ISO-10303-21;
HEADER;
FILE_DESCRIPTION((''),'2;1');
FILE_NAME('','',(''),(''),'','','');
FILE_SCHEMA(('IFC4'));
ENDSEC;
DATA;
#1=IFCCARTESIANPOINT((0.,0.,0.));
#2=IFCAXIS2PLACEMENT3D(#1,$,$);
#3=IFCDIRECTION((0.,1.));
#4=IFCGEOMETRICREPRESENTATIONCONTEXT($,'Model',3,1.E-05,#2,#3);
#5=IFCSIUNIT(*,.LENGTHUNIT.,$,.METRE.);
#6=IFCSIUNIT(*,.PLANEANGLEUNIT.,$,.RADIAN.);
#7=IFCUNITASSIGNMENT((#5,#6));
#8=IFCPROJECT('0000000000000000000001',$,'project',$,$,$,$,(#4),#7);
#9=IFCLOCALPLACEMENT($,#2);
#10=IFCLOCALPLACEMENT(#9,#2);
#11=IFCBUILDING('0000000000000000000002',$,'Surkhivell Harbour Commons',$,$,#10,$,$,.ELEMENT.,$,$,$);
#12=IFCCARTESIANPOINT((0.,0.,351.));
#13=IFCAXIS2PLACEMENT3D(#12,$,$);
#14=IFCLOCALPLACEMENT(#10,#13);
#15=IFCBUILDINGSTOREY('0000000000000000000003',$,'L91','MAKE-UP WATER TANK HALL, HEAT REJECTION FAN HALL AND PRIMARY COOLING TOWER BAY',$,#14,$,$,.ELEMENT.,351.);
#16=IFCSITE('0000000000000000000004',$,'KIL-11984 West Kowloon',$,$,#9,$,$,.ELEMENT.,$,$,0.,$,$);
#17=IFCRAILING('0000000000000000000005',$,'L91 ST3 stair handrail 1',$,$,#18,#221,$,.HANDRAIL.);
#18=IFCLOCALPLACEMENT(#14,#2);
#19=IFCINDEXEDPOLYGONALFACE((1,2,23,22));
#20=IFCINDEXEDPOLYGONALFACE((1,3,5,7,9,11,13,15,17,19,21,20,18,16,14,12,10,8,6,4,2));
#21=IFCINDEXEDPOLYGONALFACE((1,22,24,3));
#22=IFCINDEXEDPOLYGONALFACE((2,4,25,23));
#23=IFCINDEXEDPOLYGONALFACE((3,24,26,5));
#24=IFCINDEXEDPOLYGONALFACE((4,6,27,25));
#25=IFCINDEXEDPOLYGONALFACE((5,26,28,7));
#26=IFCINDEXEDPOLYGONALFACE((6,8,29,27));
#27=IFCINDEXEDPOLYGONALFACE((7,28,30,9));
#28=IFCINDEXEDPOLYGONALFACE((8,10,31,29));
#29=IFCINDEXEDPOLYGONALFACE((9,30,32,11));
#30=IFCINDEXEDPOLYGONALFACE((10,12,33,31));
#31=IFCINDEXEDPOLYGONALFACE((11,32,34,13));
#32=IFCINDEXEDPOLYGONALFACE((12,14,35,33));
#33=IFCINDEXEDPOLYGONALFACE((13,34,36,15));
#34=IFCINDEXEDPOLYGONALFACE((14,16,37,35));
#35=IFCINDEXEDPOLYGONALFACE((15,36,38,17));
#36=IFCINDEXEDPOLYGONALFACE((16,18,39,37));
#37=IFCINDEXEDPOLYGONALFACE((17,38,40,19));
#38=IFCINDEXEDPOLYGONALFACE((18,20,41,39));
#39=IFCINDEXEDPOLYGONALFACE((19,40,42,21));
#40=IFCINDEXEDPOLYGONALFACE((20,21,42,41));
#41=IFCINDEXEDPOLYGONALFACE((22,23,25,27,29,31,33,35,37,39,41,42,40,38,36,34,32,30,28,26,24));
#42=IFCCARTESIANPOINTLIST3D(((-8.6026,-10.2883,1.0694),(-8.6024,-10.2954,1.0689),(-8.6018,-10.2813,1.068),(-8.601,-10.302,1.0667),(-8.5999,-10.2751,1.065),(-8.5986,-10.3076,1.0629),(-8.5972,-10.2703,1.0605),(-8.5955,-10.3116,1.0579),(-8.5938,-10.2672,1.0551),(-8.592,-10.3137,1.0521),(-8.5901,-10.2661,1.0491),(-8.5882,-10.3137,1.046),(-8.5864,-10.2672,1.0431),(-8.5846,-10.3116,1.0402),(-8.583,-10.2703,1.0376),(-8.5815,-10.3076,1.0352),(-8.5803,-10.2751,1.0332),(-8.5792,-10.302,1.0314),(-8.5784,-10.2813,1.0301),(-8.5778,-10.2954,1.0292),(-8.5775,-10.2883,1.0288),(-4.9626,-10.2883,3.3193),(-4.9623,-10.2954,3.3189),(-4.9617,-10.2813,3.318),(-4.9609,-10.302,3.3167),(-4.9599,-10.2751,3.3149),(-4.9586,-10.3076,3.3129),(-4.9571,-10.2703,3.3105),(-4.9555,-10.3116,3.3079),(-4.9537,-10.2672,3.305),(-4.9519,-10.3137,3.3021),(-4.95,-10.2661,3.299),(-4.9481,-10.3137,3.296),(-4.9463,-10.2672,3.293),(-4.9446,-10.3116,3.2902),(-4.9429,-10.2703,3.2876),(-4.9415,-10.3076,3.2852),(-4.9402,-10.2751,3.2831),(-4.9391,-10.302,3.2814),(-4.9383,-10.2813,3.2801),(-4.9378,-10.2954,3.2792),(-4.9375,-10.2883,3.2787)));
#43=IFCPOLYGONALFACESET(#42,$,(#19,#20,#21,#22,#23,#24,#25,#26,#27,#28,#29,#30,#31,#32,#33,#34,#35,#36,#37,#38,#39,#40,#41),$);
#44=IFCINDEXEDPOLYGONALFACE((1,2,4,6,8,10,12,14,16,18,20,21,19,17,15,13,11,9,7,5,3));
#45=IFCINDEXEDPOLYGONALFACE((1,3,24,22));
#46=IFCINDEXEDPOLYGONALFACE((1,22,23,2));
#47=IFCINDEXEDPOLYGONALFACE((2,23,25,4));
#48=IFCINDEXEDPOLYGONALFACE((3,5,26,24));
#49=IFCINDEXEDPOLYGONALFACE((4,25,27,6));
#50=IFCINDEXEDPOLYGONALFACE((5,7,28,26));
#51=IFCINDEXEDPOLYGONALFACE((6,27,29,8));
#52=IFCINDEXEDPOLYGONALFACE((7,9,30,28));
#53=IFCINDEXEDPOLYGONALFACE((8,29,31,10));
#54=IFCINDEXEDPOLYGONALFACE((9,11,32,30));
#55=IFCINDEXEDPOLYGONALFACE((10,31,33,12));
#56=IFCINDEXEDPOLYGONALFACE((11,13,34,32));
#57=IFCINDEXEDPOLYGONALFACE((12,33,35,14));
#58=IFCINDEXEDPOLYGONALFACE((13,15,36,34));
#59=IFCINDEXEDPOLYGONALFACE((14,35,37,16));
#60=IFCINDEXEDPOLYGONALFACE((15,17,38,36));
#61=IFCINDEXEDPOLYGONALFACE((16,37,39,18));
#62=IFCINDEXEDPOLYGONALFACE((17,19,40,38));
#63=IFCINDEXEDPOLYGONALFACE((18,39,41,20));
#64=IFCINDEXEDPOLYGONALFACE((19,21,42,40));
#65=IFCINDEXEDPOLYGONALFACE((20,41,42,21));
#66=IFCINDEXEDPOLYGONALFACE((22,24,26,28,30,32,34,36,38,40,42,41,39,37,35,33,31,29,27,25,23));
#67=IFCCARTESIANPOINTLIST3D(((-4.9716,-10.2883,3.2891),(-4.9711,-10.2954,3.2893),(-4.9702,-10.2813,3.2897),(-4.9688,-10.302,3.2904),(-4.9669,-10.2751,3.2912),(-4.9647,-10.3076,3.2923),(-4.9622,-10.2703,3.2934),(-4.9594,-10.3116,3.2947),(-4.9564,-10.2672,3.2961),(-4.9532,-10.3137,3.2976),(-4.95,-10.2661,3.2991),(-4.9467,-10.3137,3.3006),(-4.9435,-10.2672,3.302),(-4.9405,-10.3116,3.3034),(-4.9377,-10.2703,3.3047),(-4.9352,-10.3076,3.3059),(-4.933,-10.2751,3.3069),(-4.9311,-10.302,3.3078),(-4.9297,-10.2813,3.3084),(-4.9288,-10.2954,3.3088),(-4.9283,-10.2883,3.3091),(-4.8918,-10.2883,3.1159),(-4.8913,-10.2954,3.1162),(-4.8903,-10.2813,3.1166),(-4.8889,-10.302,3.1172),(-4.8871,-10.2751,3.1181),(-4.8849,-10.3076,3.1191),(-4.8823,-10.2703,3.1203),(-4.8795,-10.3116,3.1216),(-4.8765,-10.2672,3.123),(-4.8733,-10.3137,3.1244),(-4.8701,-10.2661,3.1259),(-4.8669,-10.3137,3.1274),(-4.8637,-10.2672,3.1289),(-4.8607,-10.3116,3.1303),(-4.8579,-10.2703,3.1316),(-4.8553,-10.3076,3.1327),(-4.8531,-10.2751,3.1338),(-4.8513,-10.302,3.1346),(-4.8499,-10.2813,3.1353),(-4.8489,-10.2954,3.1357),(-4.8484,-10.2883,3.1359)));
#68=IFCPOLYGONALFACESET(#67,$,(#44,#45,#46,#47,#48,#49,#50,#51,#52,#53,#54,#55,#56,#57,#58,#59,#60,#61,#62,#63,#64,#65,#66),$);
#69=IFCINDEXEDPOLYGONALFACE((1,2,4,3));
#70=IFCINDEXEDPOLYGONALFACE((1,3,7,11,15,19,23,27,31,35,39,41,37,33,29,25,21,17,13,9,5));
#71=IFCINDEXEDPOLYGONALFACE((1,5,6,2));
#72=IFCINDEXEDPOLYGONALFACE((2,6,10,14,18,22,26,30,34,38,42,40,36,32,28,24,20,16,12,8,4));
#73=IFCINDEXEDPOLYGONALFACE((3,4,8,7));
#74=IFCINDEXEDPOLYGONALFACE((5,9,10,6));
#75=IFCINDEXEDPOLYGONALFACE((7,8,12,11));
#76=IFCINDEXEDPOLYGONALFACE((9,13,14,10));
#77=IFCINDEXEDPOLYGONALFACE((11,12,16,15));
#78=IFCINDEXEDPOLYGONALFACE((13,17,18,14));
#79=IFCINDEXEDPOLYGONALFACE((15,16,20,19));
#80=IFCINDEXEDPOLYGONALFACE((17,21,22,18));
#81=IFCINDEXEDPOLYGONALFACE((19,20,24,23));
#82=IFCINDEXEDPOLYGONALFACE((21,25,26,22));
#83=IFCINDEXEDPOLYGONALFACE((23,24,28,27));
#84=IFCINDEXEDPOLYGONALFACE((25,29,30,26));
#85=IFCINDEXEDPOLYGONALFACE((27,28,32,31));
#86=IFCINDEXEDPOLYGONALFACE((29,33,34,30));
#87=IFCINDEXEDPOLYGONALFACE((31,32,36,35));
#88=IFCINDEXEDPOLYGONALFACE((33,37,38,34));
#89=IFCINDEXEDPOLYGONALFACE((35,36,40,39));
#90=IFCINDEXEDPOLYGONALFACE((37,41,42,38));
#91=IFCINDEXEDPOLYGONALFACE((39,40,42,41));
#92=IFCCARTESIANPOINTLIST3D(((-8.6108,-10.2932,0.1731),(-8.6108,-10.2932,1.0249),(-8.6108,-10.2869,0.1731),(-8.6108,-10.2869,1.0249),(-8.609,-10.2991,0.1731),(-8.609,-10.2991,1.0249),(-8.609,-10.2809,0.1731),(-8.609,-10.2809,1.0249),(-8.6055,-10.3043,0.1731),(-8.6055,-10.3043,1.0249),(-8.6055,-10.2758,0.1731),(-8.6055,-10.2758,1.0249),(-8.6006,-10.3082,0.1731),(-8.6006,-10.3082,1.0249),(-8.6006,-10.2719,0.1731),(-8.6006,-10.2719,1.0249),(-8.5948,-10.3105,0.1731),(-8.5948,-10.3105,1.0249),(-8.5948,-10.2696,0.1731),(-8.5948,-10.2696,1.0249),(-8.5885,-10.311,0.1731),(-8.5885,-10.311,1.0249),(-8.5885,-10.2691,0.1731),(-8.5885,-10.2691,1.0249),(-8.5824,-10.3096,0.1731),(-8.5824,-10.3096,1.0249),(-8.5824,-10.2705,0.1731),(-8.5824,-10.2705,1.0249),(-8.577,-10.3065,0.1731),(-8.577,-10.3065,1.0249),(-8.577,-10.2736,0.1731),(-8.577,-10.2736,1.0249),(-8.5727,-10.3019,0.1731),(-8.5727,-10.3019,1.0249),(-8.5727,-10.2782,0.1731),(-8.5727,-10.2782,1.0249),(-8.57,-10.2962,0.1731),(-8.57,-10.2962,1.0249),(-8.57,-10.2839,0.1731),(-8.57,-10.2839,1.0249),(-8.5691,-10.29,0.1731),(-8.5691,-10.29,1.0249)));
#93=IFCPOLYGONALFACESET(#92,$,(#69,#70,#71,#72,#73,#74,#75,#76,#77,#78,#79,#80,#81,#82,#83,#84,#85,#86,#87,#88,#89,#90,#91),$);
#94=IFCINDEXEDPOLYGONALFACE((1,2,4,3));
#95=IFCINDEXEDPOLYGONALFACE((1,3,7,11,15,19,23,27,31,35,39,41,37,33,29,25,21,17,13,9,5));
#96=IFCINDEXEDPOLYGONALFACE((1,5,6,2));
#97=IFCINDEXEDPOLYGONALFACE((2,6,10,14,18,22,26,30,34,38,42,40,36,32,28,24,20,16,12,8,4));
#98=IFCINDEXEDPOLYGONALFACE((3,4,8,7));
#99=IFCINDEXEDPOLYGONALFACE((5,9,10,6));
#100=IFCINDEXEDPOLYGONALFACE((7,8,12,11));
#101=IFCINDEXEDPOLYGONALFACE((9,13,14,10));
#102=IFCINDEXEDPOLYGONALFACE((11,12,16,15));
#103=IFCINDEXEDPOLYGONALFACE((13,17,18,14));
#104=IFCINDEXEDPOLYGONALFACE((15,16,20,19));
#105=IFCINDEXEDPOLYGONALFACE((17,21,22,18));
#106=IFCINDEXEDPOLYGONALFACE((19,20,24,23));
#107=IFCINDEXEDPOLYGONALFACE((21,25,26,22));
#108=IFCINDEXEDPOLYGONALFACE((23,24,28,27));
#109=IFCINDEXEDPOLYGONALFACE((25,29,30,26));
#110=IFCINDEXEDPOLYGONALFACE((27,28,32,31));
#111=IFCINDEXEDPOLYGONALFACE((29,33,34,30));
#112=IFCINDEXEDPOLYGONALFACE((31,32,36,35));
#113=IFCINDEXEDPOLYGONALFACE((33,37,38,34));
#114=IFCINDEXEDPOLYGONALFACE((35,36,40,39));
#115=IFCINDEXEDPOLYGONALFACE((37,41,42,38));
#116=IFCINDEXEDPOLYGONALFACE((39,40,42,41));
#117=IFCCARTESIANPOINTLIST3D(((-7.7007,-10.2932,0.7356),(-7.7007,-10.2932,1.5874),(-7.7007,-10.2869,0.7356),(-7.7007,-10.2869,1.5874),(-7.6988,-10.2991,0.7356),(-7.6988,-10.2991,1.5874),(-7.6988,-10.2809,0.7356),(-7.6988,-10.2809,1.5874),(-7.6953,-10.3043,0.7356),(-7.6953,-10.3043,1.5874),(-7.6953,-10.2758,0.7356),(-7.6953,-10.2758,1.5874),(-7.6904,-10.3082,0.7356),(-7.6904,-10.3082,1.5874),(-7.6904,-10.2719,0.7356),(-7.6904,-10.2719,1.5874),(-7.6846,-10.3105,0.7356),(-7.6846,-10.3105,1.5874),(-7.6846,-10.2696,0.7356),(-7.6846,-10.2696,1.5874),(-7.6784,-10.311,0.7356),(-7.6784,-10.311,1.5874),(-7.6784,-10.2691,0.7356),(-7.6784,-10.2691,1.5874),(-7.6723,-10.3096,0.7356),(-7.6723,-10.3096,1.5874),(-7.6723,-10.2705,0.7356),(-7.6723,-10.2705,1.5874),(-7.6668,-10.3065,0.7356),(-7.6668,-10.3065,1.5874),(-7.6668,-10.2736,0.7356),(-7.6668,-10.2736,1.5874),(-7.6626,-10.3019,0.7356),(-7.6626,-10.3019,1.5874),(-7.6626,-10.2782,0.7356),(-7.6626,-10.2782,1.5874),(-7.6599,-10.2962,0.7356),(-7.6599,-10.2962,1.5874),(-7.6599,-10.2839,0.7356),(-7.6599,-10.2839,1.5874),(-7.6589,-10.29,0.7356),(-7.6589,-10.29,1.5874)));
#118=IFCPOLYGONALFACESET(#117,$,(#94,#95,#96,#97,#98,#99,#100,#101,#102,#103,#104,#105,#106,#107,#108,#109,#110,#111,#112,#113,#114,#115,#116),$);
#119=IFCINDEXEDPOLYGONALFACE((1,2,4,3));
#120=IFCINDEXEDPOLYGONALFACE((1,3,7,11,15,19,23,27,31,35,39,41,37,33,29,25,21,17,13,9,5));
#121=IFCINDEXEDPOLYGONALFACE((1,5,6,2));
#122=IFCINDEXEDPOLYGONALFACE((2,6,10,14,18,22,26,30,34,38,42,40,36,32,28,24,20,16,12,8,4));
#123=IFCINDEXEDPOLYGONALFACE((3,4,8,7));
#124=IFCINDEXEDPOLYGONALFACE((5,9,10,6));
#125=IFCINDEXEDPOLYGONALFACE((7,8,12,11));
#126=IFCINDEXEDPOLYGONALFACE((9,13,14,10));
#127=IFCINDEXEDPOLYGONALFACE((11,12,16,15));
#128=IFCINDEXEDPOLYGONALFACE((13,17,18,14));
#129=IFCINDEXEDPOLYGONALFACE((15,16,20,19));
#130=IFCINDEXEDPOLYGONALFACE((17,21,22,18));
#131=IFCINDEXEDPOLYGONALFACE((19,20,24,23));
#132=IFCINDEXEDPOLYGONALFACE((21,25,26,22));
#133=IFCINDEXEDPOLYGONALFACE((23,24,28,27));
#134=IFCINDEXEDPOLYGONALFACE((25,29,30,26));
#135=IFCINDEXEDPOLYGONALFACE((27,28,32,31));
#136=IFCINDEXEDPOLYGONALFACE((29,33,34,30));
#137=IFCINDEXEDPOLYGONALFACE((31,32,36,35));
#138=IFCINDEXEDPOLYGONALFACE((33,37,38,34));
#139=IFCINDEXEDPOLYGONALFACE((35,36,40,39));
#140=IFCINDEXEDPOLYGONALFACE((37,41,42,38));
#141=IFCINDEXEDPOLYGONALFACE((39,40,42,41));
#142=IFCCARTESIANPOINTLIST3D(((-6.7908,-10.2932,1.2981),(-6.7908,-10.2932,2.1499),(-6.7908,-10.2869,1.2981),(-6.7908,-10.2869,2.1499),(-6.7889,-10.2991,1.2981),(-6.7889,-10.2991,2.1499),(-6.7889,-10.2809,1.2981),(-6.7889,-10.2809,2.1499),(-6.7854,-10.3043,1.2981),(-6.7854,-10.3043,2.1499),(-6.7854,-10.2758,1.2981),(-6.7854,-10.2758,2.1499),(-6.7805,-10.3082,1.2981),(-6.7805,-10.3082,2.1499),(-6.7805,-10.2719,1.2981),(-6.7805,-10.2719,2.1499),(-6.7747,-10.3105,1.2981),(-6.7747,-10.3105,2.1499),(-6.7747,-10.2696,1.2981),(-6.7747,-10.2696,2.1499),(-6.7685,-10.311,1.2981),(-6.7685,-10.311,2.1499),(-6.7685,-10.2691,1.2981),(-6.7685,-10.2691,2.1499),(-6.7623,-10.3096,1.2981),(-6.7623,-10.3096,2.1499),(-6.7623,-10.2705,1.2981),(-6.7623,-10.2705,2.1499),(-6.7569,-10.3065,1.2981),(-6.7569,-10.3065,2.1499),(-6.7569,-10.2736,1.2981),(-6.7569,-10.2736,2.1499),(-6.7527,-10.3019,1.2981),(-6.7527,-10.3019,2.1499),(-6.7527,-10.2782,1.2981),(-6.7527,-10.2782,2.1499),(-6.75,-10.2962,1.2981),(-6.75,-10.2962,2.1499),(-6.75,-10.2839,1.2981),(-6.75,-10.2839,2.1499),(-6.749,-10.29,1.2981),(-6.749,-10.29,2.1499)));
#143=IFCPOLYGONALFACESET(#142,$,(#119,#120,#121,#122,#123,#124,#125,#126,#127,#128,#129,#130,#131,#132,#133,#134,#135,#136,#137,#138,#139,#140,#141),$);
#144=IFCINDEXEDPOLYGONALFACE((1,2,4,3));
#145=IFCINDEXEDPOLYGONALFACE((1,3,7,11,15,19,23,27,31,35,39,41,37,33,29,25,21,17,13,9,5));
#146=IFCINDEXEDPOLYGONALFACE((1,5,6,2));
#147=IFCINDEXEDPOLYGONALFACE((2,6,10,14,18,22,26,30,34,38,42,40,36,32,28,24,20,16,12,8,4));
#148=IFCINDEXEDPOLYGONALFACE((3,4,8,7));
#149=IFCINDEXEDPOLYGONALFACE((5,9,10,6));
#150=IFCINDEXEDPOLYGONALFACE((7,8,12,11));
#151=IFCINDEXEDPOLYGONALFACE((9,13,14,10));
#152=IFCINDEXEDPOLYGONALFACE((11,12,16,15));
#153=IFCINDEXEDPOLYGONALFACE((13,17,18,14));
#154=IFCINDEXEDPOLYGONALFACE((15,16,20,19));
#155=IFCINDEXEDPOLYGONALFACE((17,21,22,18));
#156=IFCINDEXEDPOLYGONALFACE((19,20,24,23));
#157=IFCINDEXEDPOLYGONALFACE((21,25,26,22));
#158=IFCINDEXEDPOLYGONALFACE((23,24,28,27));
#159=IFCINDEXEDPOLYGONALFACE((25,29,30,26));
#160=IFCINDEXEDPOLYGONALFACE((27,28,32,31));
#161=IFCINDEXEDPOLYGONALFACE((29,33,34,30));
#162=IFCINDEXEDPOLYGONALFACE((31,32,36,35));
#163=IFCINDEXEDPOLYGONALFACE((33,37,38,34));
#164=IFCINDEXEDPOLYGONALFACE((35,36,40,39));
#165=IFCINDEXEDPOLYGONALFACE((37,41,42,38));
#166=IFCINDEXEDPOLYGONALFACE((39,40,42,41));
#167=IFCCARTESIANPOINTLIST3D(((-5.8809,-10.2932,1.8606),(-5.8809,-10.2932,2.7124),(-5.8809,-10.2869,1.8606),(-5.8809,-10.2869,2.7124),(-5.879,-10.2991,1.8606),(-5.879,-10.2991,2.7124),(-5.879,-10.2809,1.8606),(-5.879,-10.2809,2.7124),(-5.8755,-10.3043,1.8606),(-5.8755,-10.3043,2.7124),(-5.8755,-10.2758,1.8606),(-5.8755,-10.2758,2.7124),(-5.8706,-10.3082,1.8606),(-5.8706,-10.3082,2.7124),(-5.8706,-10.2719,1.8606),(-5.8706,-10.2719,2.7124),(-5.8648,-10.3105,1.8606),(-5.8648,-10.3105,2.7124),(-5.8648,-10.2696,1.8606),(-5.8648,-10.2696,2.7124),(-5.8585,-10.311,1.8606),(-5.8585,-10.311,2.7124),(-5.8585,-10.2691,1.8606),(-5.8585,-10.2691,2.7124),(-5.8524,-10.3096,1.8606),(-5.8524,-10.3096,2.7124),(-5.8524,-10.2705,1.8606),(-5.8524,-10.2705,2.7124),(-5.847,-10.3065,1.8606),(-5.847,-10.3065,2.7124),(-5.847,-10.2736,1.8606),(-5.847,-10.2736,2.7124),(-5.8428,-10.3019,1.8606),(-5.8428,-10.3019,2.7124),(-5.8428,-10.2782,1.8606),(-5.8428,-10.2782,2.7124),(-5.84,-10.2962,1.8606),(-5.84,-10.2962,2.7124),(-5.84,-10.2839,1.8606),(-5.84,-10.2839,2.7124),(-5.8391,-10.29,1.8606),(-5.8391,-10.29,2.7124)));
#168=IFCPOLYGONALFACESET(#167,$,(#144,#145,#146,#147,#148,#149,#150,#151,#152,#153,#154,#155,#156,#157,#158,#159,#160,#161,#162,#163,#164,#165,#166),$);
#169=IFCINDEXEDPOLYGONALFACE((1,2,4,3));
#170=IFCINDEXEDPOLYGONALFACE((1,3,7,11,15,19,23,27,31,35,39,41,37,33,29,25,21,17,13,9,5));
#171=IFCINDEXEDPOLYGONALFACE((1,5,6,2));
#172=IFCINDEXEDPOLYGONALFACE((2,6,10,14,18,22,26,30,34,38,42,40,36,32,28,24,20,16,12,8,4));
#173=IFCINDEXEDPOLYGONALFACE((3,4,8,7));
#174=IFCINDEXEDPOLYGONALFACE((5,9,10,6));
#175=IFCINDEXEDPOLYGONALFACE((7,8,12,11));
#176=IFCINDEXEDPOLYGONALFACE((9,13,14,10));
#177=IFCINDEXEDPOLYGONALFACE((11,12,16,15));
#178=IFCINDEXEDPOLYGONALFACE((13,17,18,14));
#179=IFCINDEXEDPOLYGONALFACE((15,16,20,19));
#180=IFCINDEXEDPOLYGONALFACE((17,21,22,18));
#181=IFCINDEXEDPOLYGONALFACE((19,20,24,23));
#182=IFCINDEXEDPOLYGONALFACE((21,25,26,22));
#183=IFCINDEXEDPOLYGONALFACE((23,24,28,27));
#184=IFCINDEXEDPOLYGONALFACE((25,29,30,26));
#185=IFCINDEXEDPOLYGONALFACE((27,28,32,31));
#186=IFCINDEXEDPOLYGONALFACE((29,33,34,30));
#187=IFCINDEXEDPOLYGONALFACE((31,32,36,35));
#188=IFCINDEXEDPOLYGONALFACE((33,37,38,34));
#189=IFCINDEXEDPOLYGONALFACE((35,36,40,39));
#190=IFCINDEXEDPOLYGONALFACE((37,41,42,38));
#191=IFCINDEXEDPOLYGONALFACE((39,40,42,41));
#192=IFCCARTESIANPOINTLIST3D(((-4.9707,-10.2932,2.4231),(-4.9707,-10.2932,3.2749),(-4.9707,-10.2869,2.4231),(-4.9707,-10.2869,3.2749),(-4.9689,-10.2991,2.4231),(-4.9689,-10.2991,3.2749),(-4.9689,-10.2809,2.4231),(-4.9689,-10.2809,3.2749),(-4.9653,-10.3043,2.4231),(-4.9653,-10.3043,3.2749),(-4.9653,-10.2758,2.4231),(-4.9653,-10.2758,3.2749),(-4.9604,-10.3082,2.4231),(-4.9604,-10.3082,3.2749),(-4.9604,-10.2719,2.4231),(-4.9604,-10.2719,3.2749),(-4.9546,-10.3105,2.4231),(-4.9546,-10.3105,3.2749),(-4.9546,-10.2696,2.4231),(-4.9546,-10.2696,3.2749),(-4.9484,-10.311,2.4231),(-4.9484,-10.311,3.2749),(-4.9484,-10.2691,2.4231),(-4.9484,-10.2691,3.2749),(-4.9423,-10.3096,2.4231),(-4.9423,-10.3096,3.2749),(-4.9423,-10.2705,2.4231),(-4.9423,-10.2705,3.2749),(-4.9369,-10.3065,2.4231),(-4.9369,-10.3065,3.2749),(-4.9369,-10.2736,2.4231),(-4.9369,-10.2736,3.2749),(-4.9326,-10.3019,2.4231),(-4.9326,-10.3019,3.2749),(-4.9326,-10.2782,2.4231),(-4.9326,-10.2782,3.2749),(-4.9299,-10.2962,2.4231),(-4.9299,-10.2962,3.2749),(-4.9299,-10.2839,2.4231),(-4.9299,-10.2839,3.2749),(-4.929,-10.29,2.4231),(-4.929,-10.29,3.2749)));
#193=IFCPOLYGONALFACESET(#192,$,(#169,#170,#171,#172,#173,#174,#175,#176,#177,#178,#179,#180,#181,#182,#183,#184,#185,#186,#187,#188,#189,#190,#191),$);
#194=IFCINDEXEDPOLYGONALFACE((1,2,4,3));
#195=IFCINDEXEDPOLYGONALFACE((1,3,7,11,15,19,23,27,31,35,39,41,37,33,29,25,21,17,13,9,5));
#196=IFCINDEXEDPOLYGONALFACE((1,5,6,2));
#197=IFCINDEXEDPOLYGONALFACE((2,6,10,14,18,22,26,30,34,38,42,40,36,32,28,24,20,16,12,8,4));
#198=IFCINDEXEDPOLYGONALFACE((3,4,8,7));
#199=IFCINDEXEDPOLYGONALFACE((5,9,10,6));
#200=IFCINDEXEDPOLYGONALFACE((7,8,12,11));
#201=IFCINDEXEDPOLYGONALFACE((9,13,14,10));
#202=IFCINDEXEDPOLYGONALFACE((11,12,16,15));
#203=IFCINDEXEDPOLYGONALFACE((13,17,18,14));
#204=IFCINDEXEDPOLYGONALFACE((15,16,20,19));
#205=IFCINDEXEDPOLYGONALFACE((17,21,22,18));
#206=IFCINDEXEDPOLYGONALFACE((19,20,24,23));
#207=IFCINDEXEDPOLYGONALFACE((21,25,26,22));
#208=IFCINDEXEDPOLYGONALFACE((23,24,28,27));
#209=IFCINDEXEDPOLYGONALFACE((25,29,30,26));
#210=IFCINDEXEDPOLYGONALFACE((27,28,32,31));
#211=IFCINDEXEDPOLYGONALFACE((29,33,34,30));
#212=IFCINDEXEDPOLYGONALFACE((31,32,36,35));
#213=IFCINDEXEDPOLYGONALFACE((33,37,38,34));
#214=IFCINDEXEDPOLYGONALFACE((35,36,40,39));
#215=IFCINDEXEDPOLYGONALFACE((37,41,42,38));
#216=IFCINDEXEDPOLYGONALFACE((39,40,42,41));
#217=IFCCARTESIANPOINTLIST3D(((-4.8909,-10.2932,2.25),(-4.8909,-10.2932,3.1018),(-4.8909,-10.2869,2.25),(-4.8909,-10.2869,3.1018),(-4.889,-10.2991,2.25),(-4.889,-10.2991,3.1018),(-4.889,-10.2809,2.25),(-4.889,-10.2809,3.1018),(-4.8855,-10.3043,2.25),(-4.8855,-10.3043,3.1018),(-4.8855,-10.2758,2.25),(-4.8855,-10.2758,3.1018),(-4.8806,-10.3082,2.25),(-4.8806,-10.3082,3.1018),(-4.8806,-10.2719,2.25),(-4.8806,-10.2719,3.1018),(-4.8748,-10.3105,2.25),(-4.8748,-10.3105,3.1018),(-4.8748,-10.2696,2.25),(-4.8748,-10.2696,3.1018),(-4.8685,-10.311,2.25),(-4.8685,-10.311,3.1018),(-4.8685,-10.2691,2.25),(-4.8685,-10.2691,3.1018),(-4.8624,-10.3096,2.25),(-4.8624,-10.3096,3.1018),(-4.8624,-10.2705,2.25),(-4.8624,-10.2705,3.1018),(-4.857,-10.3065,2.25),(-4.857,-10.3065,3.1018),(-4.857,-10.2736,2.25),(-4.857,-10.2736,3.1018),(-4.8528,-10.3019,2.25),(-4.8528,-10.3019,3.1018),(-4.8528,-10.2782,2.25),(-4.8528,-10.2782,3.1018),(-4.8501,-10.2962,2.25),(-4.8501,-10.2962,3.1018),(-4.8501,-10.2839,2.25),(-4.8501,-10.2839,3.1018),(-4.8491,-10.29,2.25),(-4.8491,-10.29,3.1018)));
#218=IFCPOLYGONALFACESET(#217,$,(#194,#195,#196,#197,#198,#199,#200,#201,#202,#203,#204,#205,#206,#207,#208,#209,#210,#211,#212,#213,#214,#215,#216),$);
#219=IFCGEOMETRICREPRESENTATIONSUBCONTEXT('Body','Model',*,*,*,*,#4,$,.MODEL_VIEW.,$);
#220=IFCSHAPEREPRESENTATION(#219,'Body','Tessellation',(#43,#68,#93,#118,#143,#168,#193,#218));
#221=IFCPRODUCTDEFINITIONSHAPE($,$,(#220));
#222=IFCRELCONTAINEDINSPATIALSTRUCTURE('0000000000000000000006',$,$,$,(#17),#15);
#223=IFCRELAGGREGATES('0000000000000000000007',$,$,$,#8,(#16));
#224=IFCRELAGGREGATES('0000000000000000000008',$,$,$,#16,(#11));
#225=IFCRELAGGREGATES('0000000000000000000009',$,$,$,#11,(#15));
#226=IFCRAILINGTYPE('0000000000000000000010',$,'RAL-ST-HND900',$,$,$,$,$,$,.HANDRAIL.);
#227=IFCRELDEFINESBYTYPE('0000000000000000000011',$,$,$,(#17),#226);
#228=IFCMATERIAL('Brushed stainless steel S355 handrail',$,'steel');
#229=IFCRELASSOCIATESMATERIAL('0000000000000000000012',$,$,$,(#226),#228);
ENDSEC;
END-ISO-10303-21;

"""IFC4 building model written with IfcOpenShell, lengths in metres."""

from ifc_helpers import new_model, si_unit, direction, frame, origin, origin_2d, place, context, subcontext, project, spatial, circle, extrude, material, type_object, element, save


model = new_model("IFC4")

# Units and contexts
model_context = context("Model", 3, precision=1e-05, world=origin(), true_north=direction((0.0, 1.0)))
body_context = subcontext(model_context, "Body", "Model", "MODEL_VIEW")
ifc_project = project(units=[si_unit("LENGTHUNIT", "METRE"), si_unit("PLANEANGLEUNIT", "RADIAN")], contexts=[model_context])

# Site, building, storey
site_placement = place(None, origin())
site = spatial("IfcSite", under=ifc_project, at=site_placement, Name="KIL-11984 West Kowloon", CompositionType="ELEMENT", RefElevation=0.0)
building_placement = place(site_placement, origin())
building = spatial("IfcBuilding", under=site, at=building_placement, Name="Surkhivell Harbour Commons", CompositionType="ELEMENT")
storey_placement = place(building_placement, frame((0.0, 0.0, 351.0)))
storey = spatial("IfcBuildingStorey", under=building, at=storey_placement, Name="L91", Description="MAKE-UP WATER TANK HALL, HEAT REJECTION FAN HALL AND PRIMARY COOLING TOWER BAY", CompositionType="ELEMENT", Elevation=351.0)

# Railing
ifc_material_1 = material(Name="Brushed stainless steel S355 handrail", Category="steel")
railing_type_1 = type_object("IfcRailingType", Name="RAL-ST-HND900", PredefinedType="HANDRAIL", material=ifc_material_1)
railing_1_placement = place(storey_placement, frame((-8.5901, -10.29, 0.1731)))
element("IfcRailing", 1, at=railing_1_placement, inside=storey, type_object=railing_type_1, Name="L91 ST3 stair handrail 1", PredefinedType="HANDRAIL", context=body_context, shape_type="SweptSolid", body=[
    extrude(circle(Radius=0.0239, at=origin_2d()), frame((0.0, 0.0, 0.876), z_axis=(0.850622, 0.0, 0.525777), x_axis=(0.0, 1.0, 0.0)), (0.0, 0.0, 1.0), 4.2793),
    extrude(circle(Radius=0.0239, at=origin_2d()), frame((3.6401, 0.0, 3.126), z_axis=(0.418815, 0.0, -0.908072), x_axis=(0.0, 1.0, 0.0)), (0.0, 0.0, 1.0), 0.1907),
    extrude(circle(Radius=0.021, at=origin_2d()), origin(), (0.0, 0.0, 1.0), 0.8518),
    extrude(circle(Radius=0.021, at=origin_2d()), frame((0.9102, 0.0, 0.5625)), (0.0, 0.0, 1.0), 0.8518),
    extrude(circle(Radius=0.021, at=origin_2d()), frame((1.8201, 0.0, 1.125)), (0.0, 0.0, 1.0), 0.8518),
    extrude(circle(Radius=0.021, at=origin_2d()), frame((2.73, 0.0, 1.6875)), (0.0, 0.0, 1.0), 0.8518),
    extrude(circle(Radius=0.021, at=origin_2d()), frame((3.6401, 0.0, 2.25)), (0.0, 0.0, 1.0), 0.8518),
    extrude(circle(Radius=0.021, at=origin_2d()), frame((3.72, 0.0, 2.0769)), (0.0, 0.0, 1.0), 0.8518),
])

save(model, "model.ifc")
